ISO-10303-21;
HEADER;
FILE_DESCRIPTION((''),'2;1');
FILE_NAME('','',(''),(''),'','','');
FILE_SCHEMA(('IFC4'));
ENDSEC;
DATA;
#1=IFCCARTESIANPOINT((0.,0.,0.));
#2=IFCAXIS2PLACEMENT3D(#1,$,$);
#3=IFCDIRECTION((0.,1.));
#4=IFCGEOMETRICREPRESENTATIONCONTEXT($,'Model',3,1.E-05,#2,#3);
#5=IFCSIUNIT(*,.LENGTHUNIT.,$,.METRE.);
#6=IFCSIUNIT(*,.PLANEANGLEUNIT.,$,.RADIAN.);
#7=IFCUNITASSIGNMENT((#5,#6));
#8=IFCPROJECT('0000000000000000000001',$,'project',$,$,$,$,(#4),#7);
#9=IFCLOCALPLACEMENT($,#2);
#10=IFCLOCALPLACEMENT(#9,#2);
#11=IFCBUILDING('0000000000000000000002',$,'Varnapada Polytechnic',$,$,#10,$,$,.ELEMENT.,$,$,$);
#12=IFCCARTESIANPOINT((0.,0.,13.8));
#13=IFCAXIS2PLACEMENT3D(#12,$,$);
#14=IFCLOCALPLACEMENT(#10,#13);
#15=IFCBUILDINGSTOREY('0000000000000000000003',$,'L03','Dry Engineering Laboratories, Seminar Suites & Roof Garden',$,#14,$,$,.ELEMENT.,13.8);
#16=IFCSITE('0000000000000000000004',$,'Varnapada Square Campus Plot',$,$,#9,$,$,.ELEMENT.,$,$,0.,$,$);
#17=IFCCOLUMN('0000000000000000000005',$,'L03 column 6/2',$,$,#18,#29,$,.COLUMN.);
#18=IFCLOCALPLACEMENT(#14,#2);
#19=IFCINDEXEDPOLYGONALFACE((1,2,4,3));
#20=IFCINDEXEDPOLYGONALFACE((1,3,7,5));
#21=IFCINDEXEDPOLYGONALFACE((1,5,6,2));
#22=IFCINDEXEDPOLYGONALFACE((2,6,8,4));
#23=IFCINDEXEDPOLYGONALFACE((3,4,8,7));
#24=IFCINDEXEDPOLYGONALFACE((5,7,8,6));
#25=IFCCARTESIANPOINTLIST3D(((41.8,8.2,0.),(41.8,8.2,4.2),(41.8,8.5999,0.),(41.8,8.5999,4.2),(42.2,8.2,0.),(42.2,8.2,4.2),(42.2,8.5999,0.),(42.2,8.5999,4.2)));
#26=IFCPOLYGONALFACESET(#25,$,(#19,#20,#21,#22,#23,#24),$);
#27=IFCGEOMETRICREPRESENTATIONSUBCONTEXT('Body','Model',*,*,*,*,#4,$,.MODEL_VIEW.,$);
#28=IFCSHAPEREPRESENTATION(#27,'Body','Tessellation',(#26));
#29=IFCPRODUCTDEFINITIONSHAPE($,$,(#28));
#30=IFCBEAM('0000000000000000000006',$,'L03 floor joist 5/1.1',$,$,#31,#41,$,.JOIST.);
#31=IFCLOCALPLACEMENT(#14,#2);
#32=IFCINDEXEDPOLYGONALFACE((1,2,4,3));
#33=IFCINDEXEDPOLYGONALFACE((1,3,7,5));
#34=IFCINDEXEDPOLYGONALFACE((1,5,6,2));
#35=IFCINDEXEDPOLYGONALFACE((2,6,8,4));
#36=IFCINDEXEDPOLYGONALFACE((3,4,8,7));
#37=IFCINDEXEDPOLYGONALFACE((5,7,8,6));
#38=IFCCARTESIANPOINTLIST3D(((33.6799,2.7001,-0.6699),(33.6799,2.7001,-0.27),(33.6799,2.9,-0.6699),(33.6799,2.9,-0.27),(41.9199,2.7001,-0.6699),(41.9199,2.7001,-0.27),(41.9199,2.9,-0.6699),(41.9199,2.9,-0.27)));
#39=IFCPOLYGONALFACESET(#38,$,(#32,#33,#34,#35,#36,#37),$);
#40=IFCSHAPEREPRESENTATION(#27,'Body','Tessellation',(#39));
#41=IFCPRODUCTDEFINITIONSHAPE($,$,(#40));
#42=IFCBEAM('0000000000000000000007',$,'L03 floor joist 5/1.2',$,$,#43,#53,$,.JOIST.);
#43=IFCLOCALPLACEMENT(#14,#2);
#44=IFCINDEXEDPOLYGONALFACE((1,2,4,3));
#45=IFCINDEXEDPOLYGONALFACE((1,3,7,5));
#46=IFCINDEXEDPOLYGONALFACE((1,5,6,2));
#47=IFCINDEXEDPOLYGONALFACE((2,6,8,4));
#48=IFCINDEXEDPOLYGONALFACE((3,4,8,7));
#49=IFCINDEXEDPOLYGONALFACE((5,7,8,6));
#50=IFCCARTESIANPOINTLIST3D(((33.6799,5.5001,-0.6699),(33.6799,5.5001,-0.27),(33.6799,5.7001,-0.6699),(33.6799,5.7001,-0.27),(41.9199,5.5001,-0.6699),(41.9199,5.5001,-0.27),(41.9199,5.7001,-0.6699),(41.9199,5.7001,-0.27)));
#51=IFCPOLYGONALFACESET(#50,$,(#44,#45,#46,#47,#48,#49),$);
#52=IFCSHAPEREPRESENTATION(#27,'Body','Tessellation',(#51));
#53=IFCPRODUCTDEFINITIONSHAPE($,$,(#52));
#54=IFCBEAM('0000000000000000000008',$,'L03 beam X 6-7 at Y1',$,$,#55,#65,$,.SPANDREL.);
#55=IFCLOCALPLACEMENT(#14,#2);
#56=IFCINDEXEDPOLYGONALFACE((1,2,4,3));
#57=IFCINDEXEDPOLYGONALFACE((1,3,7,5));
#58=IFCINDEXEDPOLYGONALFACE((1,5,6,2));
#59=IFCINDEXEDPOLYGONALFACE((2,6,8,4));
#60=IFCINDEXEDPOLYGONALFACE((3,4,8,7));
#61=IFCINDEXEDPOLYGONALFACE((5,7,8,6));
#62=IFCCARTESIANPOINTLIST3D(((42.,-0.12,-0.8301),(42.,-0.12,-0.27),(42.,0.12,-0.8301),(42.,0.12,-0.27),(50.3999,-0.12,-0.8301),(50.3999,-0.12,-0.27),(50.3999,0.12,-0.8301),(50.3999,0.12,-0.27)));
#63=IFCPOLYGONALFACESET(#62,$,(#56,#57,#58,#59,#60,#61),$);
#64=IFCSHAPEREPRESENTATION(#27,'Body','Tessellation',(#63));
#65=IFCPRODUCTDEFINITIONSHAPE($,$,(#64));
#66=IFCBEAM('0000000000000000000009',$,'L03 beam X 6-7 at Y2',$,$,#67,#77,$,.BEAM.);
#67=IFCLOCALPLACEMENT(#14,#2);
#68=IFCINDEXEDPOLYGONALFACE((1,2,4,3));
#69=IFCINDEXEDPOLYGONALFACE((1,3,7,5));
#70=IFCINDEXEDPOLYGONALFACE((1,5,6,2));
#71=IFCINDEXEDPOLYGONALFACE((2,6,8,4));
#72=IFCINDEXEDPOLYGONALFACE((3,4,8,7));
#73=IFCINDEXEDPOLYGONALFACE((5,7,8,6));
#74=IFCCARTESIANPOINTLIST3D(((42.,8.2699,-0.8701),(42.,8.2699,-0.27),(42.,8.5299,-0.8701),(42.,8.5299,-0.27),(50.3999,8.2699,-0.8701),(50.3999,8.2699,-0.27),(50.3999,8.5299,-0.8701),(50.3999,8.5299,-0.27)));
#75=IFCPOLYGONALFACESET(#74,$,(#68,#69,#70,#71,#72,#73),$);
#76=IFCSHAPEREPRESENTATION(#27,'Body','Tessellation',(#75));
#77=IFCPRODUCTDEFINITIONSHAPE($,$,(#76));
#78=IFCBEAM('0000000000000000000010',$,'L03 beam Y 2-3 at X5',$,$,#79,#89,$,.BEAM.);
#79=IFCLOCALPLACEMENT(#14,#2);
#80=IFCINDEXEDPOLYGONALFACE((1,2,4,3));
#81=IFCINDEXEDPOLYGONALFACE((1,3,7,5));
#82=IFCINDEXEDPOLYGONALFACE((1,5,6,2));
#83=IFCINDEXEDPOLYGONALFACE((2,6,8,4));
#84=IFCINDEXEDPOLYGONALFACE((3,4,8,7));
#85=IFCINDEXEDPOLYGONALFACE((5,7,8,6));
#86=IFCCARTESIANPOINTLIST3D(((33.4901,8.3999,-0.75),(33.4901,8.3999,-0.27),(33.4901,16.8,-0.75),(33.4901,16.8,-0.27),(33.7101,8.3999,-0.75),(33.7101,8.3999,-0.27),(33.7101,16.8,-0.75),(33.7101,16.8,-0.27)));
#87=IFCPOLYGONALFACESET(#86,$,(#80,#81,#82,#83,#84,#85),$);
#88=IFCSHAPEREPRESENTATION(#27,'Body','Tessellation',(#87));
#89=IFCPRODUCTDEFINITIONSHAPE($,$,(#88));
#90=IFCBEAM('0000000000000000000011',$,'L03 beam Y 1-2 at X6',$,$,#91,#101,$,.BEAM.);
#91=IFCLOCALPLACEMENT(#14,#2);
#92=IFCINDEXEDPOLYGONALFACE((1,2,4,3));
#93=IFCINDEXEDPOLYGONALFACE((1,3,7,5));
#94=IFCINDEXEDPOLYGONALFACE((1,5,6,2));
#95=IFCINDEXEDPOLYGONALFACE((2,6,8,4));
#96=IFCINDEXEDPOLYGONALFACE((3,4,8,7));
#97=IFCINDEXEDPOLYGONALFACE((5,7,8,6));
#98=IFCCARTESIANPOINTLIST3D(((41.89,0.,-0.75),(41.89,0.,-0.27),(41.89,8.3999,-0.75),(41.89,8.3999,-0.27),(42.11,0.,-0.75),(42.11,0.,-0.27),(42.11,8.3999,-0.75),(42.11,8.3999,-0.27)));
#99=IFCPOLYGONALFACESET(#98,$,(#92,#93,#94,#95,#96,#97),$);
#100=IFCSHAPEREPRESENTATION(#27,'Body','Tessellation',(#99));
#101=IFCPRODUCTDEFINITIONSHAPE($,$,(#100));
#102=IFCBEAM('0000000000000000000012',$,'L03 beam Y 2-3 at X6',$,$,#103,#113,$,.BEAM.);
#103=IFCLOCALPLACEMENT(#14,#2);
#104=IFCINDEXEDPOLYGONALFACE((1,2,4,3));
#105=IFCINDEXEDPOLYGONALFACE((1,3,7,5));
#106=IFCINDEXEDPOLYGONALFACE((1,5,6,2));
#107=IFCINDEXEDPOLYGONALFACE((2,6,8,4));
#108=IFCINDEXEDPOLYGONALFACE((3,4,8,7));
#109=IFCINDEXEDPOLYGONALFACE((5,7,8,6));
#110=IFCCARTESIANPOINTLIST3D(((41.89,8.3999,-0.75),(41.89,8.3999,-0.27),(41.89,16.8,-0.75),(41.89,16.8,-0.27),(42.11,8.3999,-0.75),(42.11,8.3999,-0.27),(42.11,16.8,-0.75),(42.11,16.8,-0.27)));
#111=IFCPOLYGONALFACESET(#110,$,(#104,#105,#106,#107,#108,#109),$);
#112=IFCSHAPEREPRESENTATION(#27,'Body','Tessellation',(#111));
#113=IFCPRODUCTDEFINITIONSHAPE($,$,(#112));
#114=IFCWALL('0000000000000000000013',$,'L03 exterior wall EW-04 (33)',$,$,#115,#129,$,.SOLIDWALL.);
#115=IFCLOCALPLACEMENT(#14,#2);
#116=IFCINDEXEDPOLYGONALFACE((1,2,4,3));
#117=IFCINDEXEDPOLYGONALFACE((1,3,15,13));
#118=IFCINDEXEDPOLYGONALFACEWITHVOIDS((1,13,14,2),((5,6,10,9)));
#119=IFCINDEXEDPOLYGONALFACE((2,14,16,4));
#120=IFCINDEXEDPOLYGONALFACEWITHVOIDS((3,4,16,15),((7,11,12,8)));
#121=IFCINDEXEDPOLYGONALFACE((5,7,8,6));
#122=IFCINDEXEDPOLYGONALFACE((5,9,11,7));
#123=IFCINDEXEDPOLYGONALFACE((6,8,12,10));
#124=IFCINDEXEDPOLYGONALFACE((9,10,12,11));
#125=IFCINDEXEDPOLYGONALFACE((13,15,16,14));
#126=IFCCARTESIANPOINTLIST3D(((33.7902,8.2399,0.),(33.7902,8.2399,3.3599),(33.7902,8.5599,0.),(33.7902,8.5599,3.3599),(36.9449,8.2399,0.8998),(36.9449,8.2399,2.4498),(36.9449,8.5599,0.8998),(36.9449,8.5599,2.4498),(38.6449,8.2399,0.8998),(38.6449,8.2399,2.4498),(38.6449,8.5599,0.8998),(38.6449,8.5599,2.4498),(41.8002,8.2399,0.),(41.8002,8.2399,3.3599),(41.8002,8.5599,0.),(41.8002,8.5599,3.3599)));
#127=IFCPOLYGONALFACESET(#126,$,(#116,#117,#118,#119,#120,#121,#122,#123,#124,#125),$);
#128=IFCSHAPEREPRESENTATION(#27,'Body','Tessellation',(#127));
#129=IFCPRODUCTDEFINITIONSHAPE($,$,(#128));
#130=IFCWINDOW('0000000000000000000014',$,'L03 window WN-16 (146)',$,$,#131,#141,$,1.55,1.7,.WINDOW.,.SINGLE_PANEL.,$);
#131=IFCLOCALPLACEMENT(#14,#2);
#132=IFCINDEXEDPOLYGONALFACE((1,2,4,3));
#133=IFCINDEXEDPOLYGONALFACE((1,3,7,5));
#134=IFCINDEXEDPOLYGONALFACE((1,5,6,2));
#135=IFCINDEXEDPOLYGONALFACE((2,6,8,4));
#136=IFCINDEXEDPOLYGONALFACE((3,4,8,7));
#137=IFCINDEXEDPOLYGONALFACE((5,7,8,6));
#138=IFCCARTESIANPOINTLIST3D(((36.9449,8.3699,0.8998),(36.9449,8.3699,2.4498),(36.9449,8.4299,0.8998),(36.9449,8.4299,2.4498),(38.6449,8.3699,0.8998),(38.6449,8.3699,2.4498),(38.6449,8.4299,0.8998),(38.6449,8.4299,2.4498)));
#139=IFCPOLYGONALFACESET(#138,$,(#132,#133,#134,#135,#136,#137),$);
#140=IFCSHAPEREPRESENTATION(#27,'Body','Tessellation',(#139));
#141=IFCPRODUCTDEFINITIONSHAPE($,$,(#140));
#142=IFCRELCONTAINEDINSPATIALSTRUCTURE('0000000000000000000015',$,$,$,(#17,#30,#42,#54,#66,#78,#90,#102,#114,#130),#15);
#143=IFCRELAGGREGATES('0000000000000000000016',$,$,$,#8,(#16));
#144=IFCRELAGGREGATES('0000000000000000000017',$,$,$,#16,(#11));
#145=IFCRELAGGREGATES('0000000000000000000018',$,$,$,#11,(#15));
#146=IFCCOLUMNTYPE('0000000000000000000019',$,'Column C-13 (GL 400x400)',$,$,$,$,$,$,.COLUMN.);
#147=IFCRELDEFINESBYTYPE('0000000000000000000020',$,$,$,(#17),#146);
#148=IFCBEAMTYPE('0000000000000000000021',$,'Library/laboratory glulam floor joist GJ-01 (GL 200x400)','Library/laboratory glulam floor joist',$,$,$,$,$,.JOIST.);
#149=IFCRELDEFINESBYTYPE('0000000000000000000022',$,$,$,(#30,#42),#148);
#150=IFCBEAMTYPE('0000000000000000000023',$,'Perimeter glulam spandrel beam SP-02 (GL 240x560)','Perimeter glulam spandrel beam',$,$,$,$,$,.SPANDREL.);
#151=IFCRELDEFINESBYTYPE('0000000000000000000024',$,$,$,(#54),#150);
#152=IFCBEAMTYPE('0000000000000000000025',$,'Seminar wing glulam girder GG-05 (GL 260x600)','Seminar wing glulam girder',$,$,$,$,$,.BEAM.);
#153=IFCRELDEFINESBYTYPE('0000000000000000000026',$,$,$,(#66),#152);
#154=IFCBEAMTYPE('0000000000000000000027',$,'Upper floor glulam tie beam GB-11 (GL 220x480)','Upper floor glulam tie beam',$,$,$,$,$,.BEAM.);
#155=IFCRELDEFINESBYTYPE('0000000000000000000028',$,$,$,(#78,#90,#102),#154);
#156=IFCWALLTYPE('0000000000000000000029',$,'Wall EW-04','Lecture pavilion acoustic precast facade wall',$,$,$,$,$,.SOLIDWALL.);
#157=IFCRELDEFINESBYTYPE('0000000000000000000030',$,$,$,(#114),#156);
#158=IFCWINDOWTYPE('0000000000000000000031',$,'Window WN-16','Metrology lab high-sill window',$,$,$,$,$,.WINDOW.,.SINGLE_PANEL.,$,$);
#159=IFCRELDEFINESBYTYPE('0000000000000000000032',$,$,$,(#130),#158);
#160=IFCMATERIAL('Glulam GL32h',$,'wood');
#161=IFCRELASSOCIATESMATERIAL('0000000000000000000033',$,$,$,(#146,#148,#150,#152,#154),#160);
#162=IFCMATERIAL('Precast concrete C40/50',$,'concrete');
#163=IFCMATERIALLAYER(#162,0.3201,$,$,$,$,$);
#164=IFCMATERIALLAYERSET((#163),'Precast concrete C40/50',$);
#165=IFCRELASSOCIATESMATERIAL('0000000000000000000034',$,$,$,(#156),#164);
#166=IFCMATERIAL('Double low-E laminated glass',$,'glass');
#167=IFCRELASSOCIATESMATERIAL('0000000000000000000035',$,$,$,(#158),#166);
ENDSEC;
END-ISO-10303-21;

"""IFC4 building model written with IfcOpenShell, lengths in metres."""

from ifc_helpers import new_model, si_unit, direction, frame, frame_2d, origin, origin_2d, place, context, subcontext, project, spatial, rectangle, extrude, material, layer, layer_set, material_profile, profile_set, type_object, element, fill, save


model = new_model("IFC4")

# Units and contexts
model_context = context("Model", 3, precision=1e-05, world=origin(), true_north=direction((0.0, 1.0)))
body_context = subcontext(model_context, "Body", "Model", "MODEL_VIEW")
ifc_project = project(units=[si_unit("LENGTHUNIT", "METRE"), si_unit("PLANEANGLEUNIT", "RADIAN")], contexts=[model_context])

# Site, building, storey
site_placement = place(None, origin())
site = spatial("IfcSite", under=ifc_project, at=site_placement, Name="Varnapada Square Campus Plot", CompositionType="ELEMENT", RefElevation=0.0)
building_placement = place(site_placement, origin())
building = spatial("IfcBuilding", under=site, at=building_placement, Name="Varnapada Polytechnic", CompositionType="ELEMENT")
storey_placement = place(building_placement, frame((0.0, 0.0, 13.8)))
storey = spatial("IfcBuildingStorey", under=building, at=storey_placement, Name="L03", Description="Dry Engineering Laboratories, Seminar Suites & Roof Garden", CompositionType="ELEMENT", Elevation=13.8)

# Column
ifc_material_1 = material(Name="Glulam GL32h", Category="wood")
ifc_material_profile_1 = material_profile(ifc_material_1, rectangle(XDim=0.3999, YDim=0.3999, at=origin_2d()), Name="GL 400x400")
ifc_profile_set_1 = profile_set([ifc_material_profile_1], Name="Glulam GL32h")
column_type = type_object("IfcColumnType", Name="Column C-13 (GL 400x400)", PredefinedType="COLUMN", material=ifc_profile_set_1)
column_placement = place(storey_placement, frame((42.0, 8.3999, 0.0), z_axis=(0.0, 0.0, 1.0), x_axis=(1.0, 0.0, 0.0)))
element("IfcColumn", 1, at=column_placement, inside=storey, type_object=column_type, Name="L03 column 6/2", PredefinedType="COLUMN", context=body_context, shape_type="SweptSolid", body=[
    extrude(rectangle(XDim=0.3999, YDim=0.3999, at=origin_2d()), origin(), (0.0, 0.0, 1.0), 4.2),
])

# Beams
ifc_material_profile_2 = material_profile(ifc_material_1, rectangle(XDim=0.2, YDim=0.3999, at=origin_2d()), Name="GL 200x400")
ifc_profile_set_2 = profile_set([ifc_material_profile_2], Name="Glulam GL32h")
beam_type_1 = type_object("IfcBeamType", Name="Library/laboratory glulam floor joist GJ-01 (GL 200x400)", Description="Library/laboratory glulam floor joist", PredefinedType="JOIST", material=ifc_profile_set_2)
for number, where, z_axis, x_axis, name in (
    (2, (33.6799, 2.8, -0.47), (1.0, 0.0, 0.0), (0.0, 1.0, 0.0), "L03 floor joist 5/1.1"),
    (3, (33.6799, 5.6001, -0.47), (1.0, 0.0, 0.0), (0.0, 1.0, 0.0), "L03 floor joist 5/1.2"),
):
    element("IfcBeam", number, at=place(storey_placement, frame(where, z_axis=z_axis, x_axis=x_axis)), inside=storey, type_object=beam_type_1, Name=name, PredefinedType="JOIST", context=body_context, shape_type="SweptSolid", body=[
        extrude(rectangle(XDim=0.2, YDim=0.3999, at=origin_2d()), origin(), (0.0, 0.0, 1.0), 8.24),
    ])
ifc_material_profile_3 = material_profile(ifc_material_1, rectangle(XDim=0.24, YDim=0.5601, at=origin_2d()), Name="GL 240x560")
ifc_profile_set_3 = profile_set([ifc_material_profile_3], Name="Glulam GL32h")
beam_type_2 = type_object("IfcBeamType", Name="Perimeter glulam spandrel beam SP-02 (GL 240x560)", Description="Perimeter glulam spandrel beam", PredefinedType="SPANDREL", material=ifc_profile_set_3)
beam_1_placement = place(storey_placement, frame((42.0, 0.0, -0.55), z_axis=(1.0, 0.0, 0.0), x_axis=(0.0, 1.0, 0.0)))
element("IfcBeam", 4, at=beam_1_placement, inside=storey, type_object=beam_type_2, Name="L03 beam X 6-7 at Y1", PredefinedType="SPANDREL", context=body_context, shape_type="SweptSolid", body=[
    extrude(rectangle(XDim=0.24, YDim=0.5601, at=origin_2d()), origin(), (0.0, 0.0, 1.0), 8.3999),
])
ifc_material_profile_4 = material_profile(ifc_material_1, rectangle(XDim=0.26, YDim=0.6001, at=origin_2d()), Name="GL 260x600")
ifc_profile_set_4 = profile_set([ifc_material_profile_4], Name="Glulam GL32h")
beam_type_3 = type_object("IfcBeamType", Name="Seminar wing glulam girder GG-05 (GL 260x600)", Description="Seminar wing glulam girder", PredefinedType="BEAM", material=ifc_profile_set_4)
beam_2_placement = place(storey_placement, frame((42.0, 8.3999, -0.5701), z_axis=(1.0, 0.0, 0.0), x_axis=(0.0, 1.0, 0.0)))
element("IfcBeam", 5, at=beam_2_placement, inside=storey, type_object=beam_type_3, Name="L03 beam X 6-7 at Y2", PredefinedType="BEAM", context=body_context, shape_type="SweptSolid", body=[
    extrude(rectangle(XDim=0.26, YDim=0.6001, at=origin_2d()), origin(), (0.0, 0.0, 1.0), 8.3999),
])
ifc_material_profile_5 = material_profile(ifc_material_1, rectangle(XDim=0.22, YDim=0.48, at=origin_2d()), Name="GL 220x480")
ifc_profile_set_5 = profile_set([ifc_material_profile_5], Name="Glulam GL32h")
beam_type_4 = type_object("IfcBeamType", Name="Upper floor glulam tie beam GB-11 (GL 220x480)", Description="Upper floor glulam tie beam", PredefinedType="BEAM", material=ifc_profile_set_5)
beam_3_placement = place(storey_placement, frame((33.6001, 8.3999, -0.51), z_axis=(0.0, 1.0, 0.0), x_axis=(-1.0, 0.0, 0.0)))
element("IfcBeam", 6, at=beam_3_placement, inside=storey, type_object=beam_type_4, Name="L03 beam Y 2-3 at X5", PredefinedType="BEAM", context=body_context, shape_type="SweptSolid", body=[
    extrude(rectangle(XDim=0.22, YDim=0.48, at=origin_2d()), origin(), (0.0, 0.0, 1.0), 8.4001),
])
beam_4_placement = place(storey_placement, frame((42.0, 0.0, -0.51), z_axis=(0.0, 1.0, 0.0), x_axis=(-1.0, 0.0, 0.0)))
element("IfcBeam", 7, at=beam_4_placement, inside=storey, type_object=beam_type_4, Name="L03 beam Y 1-2 at X6", PredefinedType="BEAM", context=body_context, shape_type="SweptSolid", body=[
    extrude(rectangle(XDim=0.22, YDim=0.48, at=origin_2d()), origin(), (0.0, 0.0, 1.0), 8.3999),
])
beam_5_placement = place(storey_placement, frame((42.0, 8.3999, -0.51), z_axis=(0.0, 1.0, 0.0), x_axis=(-1.0, 0.0, 0.0)))
element("IfcBeam", 8, at=beam_5_placement, inside=storey, type_object=beam_type_4, Name="L03 beam Y 2-3 at X6", PredefinedType="BEAM", context=body_context, shape_type="SweptSolid", body=[
    extrude(rectangle(XDim=0.22, YDim=0.48, at=origin_2d()), origin(), (0.0, 0.0, 1.0), 8.4001),
])

# Wall, opening, window
ifc_material_2 = material(Name="Precast concrete C40/50", Category="concrete")
ifc_layer_1 = layer(ifc_material_2, 0.3201)
ifc_layer_set_1 = layer_set([ifc_layer_1], Name="Precast concrete C40/50")
wall_type = type_object("IfcWallType", Name="Wall EW-04", Description="Lecture pavilion acoustic precast facade wall", PredefinedType="SOLIDWALL", material=ifc_layer_set_1)
wall_placement = place(storey_placement, frame((41.8, 8.3999, 0.0), z_axis=(0.0, 0.0, 1.0), x_axis=(-1.0, 0.0, 0.0)))
wall = element("IfcWall", 9, at=wall_placement, inside=storey, type_object=wall_type, Name="L03 exterior wall EW-04 (33)", PredefinedType="SOLIDWALL", context=body_context, shape_type="SweptSolid", body=[
    extrude(rectangle(XDim=8.01, YDim=0.3201, at=frame_2d((4.0049, 0.0))), origin(), (0.0, 0.0, 1.0), 3.3599),
])
opening_1_placement = place(wall_placement, frame((3.155, 0.0, 0.8999)))
opening_1 = element("IfcOpeningElement", 10, at=opening_1_placement, cuts=wall, PredefinedType="OPENING", context=body_context, shape_type="SweptSolid", body=[
    extrude(rectangle(XDim=1.7, YDim=1.55, at=frame_2d((0.8501, 0.7749))), frame((0.0, 0.1699, 0.0), z_axis=(0.0, -1.0, 0.0), x_axis=(1.0, 0.0, 0.0)), (0.0, 0.0, 1.0), 0.3401),
])
ifc_material_3 = material(Name="Double low-E laminated glass", Category="glass")
window_type = type_object("IfcWindowType", Name="Window WN-16", Description="Metrology lab high-sill window", PartitioningType="SINGLE_PANEL", PredefinedType="WINDOW", material=ifc_material_3)
window_placement = place(opening_1_placement, origin())
window = element("IfcWindow", 11, at=window_placement, inside=storey, type_object=window_type, Name="L03 window WN-16 (146)", OverallHeight=1.55, OverallWidth=1.7, PartitioningType="SINGLE_PANEL", PredefinedType="WINDOW", context=body_context, shape_type="SweptSolid", body=[
    extrude(rectangle(XDim=1.7, YDim=1.55, at=frame_2d((0.8501, 0.7749))), frame((0.0, 0.03, 0.0), z_axis=(0.0, -1.0, 0.0), x_axis=(1.0, 0.0, 0.0)), (0.0, 0.0, 1.0), 0.0601),
])
fill(opening_1, window)

save(model, "model.ifc")
